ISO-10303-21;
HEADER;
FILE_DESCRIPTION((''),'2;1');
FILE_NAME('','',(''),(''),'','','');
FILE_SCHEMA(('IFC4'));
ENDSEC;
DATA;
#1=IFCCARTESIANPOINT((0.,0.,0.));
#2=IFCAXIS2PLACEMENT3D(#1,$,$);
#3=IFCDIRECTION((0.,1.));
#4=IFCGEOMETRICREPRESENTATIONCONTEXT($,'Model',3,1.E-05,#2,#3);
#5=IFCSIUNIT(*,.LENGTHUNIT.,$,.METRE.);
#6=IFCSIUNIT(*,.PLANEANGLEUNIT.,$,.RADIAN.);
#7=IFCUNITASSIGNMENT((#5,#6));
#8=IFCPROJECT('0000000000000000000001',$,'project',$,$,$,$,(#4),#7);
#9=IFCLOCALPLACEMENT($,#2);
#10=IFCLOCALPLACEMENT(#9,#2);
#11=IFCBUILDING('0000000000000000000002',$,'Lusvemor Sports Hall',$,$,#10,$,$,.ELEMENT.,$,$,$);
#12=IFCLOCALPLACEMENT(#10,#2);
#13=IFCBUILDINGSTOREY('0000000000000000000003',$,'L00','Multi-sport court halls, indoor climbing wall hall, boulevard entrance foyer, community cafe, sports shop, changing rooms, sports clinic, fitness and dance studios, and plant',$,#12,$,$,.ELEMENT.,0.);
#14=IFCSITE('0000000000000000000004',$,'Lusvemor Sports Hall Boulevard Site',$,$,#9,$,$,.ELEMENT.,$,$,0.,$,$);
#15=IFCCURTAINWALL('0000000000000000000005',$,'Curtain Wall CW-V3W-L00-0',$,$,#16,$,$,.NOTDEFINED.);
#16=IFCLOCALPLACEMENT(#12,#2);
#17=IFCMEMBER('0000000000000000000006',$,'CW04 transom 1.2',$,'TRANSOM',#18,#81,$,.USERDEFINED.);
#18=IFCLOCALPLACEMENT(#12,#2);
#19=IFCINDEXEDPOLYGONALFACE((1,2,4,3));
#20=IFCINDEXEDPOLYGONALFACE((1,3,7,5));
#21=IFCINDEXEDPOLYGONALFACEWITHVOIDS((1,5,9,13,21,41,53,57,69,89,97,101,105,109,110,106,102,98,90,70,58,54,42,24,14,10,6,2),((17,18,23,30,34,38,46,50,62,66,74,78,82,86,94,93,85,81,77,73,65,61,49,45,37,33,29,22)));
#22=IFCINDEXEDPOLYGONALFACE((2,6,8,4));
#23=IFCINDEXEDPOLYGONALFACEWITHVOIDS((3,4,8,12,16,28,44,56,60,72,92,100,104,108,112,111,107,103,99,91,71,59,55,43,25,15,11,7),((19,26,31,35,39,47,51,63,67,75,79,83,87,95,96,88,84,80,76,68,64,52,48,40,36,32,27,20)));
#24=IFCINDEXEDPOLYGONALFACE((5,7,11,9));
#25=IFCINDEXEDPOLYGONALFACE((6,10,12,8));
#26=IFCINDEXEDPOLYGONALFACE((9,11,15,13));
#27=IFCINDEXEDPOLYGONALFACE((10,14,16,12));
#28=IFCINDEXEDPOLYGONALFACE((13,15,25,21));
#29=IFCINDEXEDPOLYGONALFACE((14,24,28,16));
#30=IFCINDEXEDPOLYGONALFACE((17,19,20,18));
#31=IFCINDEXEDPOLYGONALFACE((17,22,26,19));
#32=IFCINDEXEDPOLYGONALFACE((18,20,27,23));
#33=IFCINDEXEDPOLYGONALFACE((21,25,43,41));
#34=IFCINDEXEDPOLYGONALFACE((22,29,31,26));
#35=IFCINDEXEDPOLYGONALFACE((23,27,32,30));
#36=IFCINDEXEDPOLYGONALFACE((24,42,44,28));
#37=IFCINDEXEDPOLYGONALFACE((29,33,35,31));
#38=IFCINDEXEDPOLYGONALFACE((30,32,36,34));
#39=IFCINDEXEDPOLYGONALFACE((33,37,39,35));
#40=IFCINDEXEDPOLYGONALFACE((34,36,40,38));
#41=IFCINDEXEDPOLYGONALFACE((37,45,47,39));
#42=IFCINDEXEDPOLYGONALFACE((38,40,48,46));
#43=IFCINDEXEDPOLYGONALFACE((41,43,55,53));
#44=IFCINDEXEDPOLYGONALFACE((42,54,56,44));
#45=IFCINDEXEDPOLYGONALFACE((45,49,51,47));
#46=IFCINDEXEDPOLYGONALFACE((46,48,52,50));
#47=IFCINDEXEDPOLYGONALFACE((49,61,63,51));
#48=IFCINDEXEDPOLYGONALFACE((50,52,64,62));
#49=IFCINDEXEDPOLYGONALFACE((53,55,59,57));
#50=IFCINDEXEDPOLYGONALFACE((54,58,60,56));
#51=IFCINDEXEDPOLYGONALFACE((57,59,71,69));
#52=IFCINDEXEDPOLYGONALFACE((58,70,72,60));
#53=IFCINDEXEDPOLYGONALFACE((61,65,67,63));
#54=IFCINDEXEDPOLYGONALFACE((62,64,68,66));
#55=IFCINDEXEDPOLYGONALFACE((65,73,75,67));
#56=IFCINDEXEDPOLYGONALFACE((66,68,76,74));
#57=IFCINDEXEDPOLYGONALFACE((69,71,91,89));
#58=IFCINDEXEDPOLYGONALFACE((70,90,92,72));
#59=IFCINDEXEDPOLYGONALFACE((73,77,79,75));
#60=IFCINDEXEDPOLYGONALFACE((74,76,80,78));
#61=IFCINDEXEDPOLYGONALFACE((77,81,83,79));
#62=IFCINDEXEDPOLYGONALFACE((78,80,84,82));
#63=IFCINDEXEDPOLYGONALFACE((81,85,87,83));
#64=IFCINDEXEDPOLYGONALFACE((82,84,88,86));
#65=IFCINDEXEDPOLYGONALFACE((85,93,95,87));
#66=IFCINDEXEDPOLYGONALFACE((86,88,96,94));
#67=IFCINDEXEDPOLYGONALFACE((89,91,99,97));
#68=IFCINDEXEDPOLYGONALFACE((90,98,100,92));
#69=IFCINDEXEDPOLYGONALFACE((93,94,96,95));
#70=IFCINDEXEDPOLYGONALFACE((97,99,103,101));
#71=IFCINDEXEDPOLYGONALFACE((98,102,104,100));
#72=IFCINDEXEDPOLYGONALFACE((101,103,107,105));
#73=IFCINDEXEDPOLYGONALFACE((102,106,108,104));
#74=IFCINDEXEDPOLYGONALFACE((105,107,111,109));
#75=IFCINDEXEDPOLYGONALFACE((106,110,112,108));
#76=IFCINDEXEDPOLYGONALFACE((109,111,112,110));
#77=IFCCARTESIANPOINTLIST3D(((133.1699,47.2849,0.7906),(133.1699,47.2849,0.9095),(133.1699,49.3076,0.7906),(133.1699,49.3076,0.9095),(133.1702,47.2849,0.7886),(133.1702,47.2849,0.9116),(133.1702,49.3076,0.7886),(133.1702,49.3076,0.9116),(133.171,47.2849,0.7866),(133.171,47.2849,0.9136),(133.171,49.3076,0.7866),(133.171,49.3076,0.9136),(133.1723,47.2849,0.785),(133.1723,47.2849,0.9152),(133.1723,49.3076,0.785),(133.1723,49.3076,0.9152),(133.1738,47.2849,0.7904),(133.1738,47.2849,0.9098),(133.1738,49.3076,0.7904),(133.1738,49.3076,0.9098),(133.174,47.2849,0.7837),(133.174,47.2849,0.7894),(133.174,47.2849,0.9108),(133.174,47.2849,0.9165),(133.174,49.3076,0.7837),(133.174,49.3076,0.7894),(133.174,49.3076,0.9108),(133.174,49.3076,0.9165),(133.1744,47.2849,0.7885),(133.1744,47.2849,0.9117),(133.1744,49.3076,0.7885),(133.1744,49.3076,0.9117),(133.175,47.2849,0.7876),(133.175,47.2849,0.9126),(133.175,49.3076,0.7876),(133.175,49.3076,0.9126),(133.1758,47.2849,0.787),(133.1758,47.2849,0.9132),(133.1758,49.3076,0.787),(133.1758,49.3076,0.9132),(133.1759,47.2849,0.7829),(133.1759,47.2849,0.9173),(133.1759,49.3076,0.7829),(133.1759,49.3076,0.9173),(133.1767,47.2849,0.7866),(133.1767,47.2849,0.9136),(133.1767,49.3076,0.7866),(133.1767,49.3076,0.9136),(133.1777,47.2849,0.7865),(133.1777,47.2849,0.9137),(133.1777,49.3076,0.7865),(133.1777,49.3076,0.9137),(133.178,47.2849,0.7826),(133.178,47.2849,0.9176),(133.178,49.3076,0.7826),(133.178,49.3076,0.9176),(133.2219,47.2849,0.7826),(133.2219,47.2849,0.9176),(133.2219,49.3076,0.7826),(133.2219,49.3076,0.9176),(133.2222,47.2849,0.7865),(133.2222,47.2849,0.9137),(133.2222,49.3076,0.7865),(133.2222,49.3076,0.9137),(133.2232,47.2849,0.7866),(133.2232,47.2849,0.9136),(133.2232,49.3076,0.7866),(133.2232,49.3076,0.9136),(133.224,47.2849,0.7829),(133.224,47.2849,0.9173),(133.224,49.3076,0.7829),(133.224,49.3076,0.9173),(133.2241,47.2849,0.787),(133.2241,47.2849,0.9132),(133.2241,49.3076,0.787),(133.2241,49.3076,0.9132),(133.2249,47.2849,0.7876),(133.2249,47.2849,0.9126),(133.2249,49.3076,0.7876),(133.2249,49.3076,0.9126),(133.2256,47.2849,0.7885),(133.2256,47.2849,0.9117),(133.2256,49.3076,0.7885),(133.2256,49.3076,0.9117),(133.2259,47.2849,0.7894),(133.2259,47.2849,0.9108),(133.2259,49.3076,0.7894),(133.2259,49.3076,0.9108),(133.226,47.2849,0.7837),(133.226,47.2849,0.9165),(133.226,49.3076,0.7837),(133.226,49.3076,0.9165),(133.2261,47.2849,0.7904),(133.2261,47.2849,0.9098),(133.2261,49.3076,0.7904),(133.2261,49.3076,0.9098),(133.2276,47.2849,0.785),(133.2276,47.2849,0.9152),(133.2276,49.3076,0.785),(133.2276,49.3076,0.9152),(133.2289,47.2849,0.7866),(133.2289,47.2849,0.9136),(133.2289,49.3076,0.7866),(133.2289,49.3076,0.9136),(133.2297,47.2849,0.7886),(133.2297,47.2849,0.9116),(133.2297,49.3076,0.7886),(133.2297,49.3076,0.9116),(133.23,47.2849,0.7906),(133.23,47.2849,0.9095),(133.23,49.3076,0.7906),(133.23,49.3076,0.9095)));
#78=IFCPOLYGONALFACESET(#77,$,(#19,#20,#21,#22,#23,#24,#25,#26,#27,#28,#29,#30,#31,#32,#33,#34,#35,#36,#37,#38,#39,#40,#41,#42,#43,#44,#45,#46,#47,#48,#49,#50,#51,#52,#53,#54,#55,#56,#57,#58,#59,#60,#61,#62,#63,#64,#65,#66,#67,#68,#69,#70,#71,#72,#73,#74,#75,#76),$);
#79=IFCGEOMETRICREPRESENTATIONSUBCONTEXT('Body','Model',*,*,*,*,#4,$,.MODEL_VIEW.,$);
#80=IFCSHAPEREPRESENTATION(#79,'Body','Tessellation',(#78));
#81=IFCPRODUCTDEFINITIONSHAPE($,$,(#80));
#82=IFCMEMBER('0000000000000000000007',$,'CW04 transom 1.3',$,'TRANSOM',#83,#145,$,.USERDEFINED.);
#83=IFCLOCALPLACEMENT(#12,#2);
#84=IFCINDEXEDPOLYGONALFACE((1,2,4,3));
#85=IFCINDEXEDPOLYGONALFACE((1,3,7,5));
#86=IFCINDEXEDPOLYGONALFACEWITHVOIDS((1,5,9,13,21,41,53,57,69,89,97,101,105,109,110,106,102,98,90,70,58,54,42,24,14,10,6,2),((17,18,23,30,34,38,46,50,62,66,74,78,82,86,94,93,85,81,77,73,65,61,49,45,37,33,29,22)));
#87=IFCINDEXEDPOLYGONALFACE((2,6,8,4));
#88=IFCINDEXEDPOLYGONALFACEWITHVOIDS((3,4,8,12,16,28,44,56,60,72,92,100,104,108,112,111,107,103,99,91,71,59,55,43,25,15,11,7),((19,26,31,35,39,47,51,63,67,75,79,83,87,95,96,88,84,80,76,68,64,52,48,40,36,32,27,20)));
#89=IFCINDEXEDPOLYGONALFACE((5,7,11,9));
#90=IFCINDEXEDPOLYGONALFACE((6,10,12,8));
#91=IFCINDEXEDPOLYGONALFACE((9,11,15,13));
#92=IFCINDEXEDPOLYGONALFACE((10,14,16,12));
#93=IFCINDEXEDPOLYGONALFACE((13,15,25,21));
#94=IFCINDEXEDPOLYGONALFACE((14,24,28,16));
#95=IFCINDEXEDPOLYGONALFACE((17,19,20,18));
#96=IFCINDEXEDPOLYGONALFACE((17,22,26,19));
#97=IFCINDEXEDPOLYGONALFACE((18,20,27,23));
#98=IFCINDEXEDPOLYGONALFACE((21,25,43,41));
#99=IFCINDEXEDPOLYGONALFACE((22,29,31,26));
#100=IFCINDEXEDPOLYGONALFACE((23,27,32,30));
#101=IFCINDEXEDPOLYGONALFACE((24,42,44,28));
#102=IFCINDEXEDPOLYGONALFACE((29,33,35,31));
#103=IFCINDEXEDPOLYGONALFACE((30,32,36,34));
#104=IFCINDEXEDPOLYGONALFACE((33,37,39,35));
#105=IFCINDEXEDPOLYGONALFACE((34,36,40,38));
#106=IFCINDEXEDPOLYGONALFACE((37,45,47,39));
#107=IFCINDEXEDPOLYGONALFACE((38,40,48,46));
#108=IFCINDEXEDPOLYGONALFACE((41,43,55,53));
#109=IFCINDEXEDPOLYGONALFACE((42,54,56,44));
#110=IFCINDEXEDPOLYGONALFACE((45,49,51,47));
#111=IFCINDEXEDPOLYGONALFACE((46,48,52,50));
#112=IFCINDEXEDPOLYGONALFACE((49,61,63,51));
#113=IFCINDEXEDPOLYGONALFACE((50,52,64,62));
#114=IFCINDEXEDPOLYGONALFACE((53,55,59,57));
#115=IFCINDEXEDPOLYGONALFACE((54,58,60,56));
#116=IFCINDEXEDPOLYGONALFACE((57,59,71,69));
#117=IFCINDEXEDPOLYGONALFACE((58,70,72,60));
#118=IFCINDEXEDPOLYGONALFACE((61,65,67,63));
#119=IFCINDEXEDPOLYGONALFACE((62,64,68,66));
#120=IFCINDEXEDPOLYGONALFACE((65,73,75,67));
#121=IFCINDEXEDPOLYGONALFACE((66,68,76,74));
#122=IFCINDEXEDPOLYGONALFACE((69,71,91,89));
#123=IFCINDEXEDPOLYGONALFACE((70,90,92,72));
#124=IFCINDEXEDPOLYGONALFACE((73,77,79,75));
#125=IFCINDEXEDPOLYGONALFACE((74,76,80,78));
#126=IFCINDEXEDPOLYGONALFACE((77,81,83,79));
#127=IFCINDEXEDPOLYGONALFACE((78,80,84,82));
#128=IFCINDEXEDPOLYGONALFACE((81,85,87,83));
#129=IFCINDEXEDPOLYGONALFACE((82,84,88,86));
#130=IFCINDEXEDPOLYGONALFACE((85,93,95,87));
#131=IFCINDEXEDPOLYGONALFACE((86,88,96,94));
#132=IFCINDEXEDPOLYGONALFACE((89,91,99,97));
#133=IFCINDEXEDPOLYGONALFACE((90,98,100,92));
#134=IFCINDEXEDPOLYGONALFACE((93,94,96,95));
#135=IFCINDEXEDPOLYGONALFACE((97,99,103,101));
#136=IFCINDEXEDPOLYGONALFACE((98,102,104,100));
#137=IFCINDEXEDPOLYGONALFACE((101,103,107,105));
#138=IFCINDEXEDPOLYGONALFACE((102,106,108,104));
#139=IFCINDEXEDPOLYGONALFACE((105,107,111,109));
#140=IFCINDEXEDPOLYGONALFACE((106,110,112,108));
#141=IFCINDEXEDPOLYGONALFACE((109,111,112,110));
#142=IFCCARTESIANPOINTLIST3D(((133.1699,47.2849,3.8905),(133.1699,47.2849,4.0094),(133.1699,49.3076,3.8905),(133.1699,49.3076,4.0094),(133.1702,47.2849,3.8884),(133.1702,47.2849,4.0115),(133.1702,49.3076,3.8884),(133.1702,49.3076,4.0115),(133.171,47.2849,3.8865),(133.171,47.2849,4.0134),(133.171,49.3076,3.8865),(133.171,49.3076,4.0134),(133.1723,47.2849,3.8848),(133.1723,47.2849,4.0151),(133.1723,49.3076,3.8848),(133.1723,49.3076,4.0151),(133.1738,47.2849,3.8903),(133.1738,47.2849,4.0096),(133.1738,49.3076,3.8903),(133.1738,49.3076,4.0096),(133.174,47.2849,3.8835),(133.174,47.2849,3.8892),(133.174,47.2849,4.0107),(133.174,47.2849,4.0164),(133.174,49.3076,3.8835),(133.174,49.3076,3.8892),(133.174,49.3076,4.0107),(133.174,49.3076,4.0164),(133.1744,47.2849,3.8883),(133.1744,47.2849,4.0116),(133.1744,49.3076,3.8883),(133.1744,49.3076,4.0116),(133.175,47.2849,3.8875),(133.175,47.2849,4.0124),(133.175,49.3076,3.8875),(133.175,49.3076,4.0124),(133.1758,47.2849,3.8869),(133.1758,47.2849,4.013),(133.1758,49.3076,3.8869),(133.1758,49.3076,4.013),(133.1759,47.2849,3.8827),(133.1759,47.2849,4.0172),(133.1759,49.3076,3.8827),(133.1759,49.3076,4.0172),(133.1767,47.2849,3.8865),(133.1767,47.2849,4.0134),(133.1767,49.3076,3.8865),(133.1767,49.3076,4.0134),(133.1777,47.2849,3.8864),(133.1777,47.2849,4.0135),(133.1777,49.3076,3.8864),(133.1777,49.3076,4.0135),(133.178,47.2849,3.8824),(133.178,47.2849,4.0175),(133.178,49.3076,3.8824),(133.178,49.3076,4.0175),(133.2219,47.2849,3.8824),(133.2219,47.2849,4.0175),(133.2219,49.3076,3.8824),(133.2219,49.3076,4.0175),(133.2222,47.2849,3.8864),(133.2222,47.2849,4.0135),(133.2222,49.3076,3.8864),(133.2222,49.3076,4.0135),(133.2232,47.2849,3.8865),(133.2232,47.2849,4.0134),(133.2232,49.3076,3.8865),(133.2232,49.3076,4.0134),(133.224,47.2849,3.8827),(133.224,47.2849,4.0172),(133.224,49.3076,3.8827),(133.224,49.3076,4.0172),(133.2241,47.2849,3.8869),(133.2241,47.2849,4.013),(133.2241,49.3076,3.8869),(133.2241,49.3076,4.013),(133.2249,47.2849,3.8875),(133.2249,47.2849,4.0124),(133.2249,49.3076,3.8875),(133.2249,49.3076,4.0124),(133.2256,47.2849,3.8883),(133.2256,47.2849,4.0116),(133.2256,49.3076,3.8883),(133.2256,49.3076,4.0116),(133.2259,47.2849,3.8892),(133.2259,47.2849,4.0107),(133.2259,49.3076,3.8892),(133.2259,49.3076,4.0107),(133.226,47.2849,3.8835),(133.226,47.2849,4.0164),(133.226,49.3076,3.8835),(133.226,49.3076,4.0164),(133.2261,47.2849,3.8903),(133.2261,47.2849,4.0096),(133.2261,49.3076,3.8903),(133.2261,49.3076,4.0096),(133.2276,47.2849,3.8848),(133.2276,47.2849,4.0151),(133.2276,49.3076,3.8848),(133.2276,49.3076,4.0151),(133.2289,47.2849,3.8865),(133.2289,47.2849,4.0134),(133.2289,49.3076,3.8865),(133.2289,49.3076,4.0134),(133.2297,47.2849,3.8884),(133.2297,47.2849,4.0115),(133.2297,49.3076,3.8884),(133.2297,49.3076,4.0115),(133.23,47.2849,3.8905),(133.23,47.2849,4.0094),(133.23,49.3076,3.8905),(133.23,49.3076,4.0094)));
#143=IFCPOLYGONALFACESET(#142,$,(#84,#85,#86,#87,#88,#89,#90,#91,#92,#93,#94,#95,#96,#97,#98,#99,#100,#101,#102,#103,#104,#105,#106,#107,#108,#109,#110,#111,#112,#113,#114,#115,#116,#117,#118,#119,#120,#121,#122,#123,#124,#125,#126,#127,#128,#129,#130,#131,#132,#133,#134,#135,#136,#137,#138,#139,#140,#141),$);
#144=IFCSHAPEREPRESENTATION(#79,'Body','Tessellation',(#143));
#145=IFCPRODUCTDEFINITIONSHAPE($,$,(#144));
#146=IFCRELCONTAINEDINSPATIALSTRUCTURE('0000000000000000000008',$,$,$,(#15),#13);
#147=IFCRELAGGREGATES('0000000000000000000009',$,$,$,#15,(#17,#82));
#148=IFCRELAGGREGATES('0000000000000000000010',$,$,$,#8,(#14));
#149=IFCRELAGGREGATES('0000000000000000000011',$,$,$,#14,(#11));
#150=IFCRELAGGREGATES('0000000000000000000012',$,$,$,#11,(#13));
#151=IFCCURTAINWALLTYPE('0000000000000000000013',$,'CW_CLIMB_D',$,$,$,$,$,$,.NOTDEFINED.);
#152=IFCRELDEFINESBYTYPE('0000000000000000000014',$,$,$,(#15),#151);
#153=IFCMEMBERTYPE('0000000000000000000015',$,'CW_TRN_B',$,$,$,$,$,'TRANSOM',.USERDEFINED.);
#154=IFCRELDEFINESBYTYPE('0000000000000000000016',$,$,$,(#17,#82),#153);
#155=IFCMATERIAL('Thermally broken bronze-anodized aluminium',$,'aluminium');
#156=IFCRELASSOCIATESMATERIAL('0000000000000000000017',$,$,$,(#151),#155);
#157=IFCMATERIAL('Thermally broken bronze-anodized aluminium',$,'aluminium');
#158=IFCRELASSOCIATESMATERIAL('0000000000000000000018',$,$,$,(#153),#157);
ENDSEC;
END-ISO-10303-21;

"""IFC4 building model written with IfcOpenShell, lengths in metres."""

from ifc_helpers import new_model, si_unit, direction, frame, origin, origin_2d, place, context, subcontext, project, spatial, hollow_rectangle, extrude, material, material_profile, profile_set, type_object, element, aggregate, save


model = new_model("IFC4")

# Units and contexts
model_context = context("Model", 3, precision=1e-05, world=origin(), true_north=direction((0.0, 1.0)))
body_context = subcontext(model_context, "Body", "Model", "MODEL_VIEW")
ifc_project = project(units=[si_unit("LENGTHUNIT", "METRE"), si_unit("PLANEANGLEUNIT", "RADIAN")], contexts=[model_context])

# Site, building, storey
site_placement = place(None, origin())
site = spatial("IfcSite", under=ifc_project, at=site_placement, Name="Lusvemor Sports Hall Boulevard Site", CompositionType="ELEMENT", RefElevation=0.0)
building_placement = place(site_placement, origin())
building = spatial("IfcBuilding", under=site, at=building_placement, Name="Lusvemor Sports Hall", CompositionType="ELEMENT")
storey_placement = place(building_placement, origin())
storey = spatial("IfcBuildingStorey", under=building, at=storey_placement, Name="L00", Description="Multi-sport court halls, indoor climbing wall hall, boulevard entrance foyer, community cafe, sports shop, changing rooms, sports clinic, fitness and dance studios, and plant", CompositionType="ELEMENT", Elevation=0.0)

# Curtain wall, members
ifc_material_1 = material(Name="Thermally broken bronze-anodized aluminium", Category="aluminium")
curtain_wall_type = type_object("IfcCurtainWallType", Name="CW_CLIMB_D", PredefinedType="NOTDEFINED", material=ifc_material_1)
curtain_wall_placement = place(storey_placement, origin())
curtain_wall = element("IfcCurtainWall", 1, at=curtain_wall_placement, inside=storey, type_object=curtain_wall_type, Name="Curtain Wall CW-V3W-L00-0", PredefinedType="NOTDEFINED")
ifc_material_2 = material(Name="Thermally broken bronze-anodized aluminium", Category="aluminium")
ifc_material_profile_1 = material_profile(ifc_material_2, hollow_rectangle(XDim=0.0601, YDim=0.135, WallThickness=0.0039, InnerFilletRadius=0.0039, OuterFilletRadius=0.0081, at=origin_2d()), Name="CWTRN135x60x4")
ifc_profile_set_1 = profile_set([ifc_material_profile_1], Name="Thermally broken bronze-anodized aluminium")
member_type_1 = type_object("IfcMemberType", Name="CW_TRN_B", ElementType="TRANSOM", PredefinedType="USERDEFINED", material=ifc_profile_set_1)
member_1_placement = place(storey_placement, frame((133.2, 47.2849, 0.8501), z_axis=(0.0, 1.0, 0.0), x_axis=(-1.0, 0.0, 0.0)))
member_1 = element("IfcMember", 2, at=member_1_placement, type_object=member_type_1, Name="CW04 transom 1.2", ObjectType="TRANSOM", PredefinedType="USERDEFINED", context=body_context, shape_type="SweptSolid", body=[
    extrude(hollow_rectangle(XDim=0.0601, YDim=0.135, WallThickness=0.0039, InnerFilletRadius=0.0039, OuterFilletRadius=0.0081, at=origin_2d()), origin(), (0.0, 0.0, 1.0), 2.0227),
])
member_2_placement = place(storey_placement, frame((133.2, 47.2849, 3.95), z_axis=(0.0, 1.0, 0.0), x_axis=(-1.0, 0.0, 0.0)))
member_2 = element("IfcMember", 3, at=member_2_placement, type_object=member_type_1, Name="CW04 transom 1.3", ObjectType="TRANSOM", PredefinedType="USERDEFINED", context=body_context, shape_type="SweptSolid", body=[
    extrude(hollow_rectangle(XDim=0.0601, YDim=0.135, WallThickness=0.0039, InnerFilletRadius=0.0039, OuterFilletRadius=0.0081, at=origin_2d()), origin(), (0.0, 0.0, 1.0), 2.0227),
])
aggregate(curtain_wall, [member_1, member_2])

save(model, "model.ifc")
